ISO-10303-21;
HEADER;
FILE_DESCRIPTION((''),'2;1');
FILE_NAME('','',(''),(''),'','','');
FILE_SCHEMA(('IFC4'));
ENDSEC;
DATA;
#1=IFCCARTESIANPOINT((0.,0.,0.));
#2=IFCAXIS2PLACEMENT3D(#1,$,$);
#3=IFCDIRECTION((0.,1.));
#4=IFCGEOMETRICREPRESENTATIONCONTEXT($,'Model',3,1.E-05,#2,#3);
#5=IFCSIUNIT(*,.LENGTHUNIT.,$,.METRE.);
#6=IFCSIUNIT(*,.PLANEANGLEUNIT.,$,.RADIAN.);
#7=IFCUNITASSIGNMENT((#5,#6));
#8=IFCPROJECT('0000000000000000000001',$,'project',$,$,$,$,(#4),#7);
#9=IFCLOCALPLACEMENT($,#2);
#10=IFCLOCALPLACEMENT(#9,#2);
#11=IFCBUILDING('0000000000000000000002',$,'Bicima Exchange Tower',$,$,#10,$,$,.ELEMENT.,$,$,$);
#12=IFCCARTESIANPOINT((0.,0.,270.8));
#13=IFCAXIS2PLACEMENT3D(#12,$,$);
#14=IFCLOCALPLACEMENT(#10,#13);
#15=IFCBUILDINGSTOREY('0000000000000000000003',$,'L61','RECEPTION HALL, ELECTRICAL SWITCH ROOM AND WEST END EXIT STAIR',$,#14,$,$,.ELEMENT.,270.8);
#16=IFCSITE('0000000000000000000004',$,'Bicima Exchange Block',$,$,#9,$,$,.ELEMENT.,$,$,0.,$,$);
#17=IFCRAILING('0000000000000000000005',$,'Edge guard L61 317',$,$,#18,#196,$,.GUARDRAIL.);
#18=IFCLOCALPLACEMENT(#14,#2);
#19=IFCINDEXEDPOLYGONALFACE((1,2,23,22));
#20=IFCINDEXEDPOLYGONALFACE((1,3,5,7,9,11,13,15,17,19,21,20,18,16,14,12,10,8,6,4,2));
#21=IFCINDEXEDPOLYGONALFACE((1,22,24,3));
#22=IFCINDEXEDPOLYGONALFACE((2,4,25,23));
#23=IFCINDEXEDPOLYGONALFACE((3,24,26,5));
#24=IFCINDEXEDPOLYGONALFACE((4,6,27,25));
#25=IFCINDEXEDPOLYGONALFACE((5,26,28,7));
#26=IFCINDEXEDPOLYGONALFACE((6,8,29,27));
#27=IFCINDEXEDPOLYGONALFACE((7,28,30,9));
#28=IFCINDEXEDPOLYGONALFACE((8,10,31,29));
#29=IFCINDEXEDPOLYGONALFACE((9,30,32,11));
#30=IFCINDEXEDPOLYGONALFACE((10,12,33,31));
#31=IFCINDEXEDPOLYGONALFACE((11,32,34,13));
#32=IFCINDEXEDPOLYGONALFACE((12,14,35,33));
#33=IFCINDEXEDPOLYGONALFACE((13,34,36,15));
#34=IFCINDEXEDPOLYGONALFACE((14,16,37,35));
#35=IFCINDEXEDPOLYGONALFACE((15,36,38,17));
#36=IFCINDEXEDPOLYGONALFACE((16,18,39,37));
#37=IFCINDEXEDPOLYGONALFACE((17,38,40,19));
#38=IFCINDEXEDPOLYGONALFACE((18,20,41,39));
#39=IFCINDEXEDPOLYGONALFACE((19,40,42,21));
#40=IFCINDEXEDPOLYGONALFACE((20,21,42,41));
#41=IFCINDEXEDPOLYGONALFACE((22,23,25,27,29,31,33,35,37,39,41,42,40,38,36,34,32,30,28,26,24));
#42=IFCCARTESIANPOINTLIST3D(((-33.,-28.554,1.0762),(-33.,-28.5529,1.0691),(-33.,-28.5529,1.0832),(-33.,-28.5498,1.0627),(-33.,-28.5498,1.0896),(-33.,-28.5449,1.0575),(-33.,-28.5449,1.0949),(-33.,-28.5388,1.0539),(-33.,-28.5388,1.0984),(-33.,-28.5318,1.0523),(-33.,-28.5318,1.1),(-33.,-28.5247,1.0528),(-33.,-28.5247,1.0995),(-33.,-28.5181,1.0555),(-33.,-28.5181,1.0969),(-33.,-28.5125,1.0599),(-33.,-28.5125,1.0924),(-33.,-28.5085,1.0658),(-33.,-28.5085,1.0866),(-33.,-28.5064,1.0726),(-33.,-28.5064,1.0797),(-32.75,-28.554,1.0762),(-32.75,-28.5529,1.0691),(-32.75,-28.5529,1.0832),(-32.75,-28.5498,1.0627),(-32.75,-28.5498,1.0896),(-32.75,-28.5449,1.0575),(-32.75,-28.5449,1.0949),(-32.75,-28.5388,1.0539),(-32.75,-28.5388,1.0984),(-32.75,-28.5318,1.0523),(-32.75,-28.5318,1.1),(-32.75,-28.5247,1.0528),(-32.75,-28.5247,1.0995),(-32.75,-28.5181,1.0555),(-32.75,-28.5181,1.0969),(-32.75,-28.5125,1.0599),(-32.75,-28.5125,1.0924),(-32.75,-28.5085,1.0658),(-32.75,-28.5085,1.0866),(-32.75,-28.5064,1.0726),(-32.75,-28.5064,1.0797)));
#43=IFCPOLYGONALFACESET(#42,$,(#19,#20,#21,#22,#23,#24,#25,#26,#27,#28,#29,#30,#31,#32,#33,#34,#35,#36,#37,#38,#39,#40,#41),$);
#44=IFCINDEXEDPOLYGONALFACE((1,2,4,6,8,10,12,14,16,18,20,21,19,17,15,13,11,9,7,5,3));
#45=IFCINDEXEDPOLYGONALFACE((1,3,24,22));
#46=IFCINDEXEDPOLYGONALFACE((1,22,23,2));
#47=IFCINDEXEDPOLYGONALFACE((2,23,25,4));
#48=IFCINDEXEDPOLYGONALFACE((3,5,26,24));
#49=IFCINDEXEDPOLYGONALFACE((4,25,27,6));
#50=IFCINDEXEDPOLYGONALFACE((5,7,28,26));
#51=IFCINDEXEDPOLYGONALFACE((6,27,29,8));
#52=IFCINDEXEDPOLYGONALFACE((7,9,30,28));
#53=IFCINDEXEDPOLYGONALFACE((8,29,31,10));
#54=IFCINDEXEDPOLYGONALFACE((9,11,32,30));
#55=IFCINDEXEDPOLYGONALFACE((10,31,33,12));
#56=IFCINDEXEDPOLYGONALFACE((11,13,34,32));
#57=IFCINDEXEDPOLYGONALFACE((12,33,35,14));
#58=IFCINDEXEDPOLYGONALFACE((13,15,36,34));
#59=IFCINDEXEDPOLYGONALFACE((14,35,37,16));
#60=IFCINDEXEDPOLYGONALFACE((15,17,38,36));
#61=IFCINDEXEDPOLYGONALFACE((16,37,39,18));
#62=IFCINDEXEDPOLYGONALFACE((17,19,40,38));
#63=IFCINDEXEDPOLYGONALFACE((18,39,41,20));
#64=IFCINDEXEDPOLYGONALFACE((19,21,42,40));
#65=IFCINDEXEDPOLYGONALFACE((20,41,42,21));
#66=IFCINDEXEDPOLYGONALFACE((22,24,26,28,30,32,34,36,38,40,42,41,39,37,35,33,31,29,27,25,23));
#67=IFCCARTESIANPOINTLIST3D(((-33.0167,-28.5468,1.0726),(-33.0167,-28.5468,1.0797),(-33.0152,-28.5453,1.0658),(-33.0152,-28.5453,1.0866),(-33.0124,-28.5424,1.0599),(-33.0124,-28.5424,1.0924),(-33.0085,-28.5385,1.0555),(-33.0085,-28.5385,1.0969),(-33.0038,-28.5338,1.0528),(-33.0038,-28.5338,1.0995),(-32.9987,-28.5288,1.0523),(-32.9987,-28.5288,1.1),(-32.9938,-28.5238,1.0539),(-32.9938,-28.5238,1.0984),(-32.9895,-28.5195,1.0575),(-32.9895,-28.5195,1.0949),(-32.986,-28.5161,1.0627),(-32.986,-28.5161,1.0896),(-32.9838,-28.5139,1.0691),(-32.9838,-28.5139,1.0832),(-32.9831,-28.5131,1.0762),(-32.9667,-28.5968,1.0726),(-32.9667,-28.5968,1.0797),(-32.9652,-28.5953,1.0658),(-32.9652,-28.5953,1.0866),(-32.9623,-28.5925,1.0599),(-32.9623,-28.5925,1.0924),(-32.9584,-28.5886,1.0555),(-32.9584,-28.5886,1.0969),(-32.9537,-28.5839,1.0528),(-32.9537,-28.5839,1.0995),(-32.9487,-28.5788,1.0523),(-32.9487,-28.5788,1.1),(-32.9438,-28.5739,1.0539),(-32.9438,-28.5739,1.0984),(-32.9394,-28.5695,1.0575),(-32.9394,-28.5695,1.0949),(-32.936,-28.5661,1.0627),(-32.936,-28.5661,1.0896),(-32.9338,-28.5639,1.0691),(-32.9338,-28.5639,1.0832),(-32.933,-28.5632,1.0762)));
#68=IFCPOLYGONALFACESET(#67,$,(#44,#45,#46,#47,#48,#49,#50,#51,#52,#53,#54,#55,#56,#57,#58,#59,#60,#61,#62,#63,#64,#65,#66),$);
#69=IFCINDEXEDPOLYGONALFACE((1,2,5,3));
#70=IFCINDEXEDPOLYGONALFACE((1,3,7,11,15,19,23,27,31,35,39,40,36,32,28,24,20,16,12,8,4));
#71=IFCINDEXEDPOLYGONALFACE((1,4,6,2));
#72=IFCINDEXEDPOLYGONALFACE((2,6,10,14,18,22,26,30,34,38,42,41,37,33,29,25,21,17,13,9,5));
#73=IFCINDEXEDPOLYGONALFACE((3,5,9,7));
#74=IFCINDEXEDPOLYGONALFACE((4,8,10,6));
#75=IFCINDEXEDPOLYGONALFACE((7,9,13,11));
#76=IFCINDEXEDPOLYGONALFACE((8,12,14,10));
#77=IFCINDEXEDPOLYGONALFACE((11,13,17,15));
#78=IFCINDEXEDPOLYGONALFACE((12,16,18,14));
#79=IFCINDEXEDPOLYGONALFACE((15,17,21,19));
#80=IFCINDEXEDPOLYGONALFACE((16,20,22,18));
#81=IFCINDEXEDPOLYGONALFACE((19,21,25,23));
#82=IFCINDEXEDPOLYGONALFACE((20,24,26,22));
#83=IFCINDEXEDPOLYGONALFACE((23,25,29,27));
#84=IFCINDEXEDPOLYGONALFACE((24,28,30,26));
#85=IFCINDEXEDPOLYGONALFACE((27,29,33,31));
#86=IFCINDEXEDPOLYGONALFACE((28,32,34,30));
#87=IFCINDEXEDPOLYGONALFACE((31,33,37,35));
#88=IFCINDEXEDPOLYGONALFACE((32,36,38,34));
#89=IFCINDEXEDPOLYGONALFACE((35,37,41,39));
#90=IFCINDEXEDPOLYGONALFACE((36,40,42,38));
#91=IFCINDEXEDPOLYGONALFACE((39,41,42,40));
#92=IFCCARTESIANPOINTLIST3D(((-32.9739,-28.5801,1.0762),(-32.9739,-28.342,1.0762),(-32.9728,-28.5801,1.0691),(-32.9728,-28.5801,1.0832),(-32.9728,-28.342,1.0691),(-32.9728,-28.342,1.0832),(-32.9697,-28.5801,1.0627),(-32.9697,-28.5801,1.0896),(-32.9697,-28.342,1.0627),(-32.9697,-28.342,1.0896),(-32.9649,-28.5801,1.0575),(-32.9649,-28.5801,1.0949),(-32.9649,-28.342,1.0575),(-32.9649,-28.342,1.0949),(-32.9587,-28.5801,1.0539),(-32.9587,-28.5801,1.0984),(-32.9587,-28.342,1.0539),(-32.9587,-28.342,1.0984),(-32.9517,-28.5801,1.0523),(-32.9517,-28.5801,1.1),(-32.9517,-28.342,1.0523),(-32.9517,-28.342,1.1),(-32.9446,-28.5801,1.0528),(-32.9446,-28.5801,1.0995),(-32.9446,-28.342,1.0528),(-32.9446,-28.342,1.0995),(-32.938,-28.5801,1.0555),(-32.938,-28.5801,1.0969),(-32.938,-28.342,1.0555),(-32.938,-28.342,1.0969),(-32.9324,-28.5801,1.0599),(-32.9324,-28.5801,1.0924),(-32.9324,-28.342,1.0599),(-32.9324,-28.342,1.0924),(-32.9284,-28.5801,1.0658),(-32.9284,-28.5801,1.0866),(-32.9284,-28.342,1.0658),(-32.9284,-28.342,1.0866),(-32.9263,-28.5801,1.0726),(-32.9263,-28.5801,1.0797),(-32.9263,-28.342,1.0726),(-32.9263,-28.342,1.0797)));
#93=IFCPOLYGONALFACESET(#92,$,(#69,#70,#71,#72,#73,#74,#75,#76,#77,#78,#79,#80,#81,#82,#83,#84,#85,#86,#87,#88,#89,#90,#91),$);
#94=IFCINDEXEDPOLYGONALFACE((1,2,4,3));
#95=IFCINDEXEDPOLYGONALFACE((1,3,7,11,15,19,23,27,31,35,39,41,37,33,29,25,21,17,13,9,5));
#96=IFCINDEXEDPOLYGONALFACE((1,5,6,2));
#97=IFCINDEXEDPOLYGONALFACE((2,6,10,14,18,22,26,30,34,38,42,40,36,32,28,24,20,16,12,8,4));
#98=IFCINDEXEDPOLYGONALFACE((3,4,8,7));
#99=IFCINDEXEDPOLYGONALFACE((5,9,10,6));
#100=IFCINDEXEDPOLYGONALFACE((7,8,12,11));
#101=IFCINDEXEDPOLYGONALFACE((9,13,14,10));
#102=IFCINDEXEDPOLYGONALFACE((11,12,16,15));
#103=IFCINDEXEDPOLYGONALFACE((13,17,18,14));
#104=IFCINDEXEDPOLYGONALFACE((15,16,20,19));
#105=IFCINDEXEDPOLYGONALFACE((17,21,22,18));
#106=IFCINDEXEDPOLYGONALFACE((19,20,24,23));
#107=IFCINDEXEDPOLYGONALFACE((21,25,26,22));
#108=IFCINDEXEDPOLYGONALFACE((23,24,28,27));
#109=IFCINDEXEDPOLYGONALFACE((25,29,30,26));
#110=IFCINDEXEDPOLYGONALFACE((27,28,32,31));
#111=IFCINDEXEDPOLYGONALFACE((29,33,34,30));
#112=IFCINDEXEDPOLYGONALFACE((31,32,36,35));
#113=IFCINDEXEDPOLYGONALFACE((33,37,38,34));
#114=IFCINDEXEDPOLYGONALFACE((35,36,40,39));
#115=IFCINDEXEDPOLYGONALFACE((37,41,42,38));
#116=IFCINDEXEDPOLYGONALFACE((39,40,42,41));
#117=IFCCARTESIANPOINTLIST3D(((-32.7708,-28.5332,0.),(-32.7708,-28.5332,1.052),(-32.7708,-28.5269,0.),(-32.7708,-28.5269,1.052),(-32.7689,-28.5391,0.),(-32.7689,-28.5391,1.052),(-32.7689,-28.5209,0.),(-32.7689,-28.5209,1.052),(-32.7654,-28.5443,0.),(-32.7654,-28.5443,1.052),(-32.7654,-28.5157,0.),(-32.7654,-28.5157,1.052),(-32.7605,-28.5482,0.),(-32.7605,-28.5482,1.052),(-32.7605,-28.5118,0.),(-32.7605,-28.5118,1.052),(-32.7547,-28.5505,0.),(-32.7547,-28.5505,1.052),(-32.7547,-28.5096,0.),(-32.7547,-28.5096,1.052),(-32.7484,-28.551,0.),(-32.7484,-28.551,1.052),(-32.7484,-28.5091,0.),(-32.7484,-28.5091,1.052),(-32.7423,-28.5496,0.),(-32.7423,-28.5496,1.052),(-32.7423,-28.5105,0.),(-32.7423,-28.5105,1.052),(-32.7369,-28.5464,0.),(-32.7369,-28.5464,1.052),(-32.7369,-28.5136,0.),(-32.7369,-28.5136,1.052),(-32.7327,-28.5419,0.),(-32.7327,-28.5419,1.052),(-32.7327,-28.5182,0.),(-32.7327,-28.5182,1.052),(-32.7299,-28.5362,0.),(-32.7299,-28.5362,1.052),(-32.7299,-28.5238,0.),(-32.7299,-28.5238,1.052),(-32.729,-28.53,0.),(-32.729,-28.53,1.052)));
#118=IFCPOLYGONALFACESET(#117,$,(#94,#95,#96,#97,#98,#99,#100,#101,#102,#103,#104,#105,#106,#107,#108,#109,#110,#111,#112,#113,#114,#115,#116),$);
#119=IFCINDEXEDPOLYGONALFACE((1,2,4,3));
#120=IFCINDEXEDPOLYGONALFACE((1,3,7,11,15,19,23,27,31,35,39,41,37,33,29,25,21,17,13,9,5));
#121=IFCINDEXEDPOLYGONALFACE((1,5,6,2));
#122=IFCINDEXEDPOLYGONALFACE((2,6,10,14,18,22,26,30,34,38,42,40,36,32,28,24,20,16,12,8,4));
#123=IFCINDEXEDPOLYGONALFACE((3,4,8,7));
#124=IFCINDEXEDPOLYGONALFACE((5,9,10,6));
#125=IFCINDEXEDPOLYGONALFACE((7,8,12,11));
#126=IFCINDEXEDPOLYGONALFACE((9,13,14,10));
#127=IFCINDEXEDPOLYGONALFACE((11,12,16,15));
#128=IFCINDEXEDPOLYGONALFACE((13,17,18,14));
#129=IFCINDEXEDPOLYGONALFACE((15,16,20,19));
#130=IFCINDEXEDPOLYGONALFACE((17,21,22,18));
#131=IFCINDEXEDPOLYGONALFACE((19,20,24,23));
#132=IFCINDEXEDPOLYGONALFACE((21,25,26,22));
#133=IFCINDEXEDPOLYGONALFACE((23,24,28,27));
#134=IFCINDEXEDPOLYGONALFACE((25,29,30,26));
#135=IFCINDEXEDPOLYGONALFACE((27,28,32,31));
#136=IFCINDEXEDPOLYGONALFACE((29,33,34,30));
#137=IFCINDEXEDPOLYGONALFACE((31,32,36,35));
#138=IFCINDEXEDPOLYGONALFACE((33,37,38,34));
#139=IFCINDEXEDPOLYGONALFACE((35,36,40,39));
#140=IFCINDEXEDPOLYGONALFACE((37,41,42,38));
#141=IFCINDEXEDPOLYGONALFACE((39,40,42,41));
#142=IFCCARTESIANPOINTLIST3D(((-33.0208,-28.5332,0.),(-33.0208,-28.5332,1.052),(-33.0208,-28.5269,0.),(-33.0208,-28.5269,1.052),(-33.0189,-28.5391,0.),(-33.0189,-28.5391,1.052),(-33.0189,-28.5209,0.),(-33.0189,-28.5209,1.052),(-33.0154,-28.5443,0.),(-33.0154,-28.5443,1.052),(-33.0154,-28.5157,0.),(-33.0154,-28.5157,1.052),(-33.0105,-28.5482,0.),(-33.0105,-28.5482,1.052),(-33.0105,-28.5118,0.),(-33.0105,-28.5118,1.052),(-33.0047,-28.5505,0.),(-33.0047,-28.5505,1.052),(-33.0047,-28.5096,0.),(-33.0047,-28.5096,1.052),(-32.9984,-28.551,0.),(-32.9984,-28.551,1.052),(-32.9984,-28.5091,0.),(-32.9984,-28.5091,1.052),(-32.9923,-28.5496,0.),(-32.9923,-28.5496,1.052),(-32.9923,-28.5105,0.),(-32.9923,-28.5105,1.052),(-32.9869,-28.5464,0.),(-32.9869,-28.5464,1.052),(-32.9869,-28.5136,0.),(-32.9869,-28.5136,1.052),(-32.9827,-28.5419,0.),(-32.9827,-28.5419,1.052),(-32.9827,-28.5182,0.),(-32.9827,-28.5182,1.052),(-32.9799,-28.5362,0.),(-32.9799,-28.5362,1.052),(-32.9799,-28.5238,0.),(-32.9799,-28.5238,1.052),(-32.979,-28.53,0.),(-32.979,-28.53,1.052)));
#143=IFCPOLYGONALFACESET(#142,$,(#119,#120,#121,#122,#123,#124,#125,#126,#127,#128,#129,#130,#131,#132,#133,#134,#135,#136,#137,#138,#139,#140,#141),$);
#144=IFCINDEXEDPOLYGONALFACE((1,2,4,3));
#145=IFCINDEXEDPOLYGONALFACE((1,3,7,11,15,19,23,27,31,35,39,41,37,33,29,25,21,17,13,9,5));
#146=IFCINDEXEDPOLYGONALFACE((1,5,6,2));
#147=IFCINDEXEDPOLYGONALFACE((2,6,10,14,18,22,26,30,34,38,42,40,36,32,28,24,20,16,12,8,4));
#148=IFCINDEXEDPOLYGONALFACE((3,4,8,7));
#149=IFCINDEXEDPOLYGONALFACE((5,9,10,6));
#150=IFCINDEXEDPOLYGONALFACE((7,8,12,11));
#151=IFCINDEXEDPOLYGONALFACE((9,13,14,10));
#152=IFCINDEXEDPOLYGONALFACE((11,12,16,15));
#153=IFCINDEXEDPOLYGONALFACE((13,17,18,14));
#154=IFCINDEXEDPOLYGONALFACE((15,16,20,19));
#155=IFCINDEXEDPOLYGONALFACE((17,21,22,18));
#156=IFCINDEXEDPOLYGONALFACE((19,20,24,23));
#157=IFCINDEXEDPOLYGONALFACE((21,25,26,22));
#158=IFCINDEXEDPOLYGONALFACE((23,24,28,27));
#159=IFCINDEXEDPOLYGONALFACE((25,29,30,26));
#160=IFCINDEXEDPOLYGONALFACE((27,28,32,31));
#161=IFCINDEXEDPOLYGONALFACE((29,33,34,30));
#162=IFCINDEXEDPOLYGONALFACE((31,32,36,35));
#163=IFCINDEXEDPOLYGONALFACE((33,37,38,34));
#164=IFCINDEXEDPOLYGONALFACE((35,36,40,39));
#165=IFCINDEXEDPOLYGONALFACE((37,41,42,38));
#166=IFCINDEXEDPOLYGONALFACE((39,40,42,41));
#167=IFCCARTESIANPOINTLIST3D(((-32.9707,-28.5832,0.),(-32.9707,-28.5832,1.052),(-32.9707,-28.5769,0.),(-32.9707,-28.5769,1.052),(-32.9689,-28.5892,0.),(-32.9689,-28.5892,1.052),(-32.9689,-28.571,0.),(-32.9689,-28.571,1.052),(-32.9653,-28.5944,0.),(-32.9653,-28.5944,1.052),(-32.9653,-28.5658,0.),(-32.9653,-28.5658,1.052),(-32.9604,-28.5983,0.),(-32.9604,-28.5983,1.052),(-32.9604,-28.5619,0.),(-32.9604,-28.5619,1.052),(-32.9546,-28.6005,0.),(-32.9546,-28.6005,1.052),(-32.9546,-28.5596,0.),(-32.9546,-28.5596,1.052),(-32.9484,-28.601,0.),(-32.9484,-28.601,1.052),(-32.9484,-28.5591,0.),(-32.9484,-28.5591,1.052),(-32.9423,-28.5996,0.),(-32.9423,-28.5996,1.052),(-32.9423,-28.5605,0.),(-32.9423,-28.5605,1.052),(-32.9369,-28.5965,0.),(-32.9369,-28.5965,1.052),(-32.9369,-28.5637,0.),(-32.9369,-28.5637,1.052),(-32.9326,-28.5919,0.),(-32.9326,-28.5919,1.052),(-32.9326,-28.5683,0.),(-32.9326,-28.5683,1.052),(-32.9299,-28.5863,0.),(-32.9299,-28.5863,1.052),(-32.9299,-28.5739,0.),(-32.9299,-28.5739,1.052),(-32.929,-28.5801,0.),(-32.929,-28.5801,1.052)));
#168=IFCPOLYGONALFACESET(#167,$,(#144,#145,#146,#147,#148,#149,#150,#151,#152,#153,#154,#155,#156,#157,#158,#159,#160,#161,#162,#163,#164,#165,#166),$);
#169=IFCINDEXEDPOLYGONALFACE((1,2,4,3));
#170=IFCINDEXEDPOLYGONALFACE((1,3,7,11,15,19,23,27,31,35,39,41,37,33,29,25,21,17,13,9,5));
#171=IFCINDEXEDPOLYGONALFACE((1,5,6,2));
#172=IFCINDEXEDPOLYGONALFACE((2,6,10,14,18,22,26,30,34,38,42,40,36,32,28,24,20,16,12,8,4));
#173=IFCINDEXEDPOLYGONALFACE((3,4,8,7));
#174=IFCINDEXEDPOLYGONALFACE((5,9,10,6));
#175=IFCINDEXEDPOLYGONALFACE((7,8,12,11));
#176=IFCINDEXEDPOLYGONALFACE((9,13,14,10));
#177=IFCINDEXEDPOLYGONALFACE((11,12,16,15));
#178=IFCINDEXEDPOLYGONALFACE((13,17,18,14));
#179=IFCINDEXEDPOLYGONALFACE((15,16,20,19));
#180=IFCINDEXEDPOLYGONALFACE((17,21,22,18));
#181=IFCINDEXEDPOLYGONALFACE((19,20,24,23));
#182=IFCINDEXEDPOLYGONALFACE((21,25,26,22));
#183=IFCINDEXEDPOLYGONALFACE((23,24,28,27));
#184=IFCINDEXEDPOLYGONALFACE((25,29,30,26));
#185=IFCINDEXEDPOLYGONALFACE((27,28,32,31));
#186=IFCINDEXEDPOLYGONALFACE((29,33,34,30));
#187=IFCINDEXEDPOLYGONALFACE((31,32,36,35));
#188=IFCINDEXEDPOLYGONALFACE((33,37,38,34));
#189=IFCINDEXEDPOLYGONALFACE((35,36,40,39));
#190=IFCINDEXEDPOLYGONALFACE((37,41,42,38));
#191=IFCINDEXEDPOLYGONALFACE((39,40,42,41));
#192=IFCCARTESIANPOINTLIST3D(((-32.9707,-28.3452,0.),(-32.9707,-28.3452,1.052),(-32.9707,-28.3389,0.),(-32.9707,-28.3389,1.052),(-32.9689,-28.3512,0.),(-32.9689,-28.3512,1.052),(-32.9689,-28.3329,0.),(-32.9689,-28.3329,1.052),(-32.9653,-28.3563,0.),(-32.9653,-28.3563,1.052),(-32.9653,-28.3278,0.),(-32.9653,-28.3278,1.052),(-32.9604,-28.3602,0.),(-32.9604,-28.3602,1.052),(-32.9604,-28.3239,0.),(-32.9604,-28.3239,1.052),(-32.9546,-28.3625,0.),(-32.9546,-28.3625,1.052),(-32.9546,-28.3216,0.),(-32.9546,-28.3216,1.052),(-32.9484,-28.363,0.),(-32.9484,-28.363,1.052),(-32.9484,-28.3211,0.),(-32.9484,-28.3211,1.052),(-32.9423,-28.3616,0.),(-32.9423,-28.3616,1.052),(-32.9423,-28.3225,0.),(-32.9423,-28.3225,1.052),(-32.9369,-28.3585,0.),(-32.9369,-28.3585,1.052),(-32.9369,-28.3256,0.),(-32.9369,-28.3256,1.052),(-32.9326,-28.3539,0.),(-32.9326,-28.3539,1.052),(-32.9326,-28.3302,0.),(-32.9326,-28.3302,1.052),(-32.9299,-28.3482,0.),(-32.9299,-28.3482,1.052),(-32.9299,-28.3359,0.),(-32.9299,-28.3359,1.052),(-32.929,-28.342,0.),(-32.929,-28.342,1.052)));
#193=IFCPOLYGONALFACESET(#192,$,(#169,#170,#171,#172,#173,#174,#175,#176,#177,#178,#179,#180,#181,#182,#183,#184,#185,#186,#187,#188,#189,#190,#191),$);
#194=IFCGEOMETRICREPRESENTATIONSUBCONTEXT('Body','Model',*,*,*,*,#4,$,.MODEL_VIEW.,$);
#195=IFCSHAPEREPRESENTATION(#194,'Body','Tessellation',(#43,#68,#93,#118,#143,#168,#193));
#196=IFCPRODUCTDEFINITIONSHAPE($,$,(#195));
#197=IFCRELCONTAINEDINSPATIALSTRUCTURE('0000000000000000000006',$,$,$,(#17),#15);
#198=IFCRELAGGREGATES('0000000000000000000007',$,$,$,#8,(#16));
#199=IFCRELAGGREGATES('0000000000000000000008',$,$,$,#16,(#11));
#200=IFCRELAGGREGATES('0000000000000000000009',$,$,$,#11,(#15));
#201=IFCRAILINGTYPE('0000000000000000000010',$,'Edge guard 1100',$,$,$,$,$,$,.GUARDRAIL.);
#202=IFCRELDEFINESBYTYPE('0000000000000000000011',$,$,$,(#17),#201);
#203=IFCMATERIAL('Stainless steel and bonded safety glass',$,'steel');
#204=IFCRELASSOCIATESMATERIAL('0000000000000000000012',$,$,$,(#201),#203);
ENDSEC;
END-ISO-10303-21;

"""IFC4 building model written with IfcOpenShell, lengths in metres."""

from ifc_helpers import new_model, si_unit, direction, frame, origin, origin_2d, place, context, subcontext, project, spatial, circle, extrude, material, type_object, element, save


model = new_model("IFC4")

# Units and contexts
model_context = context("Model", 3, precision=1e-05, world=origin(), true_north=direction((0.0, 1.0)))
body_context = subcontext(model_context, "Body", "Model", "MODEL_VIEW")
ifc_project = project(units=[si_unit("LENGTHUNIT", "METRE"), si_unit("PLANEANGLEUNIT", "RADIAN")], contexts=[model_context])

# Site, building, storey
site_placement = place(None, origin())
site = spatial("IfcSite", under=ifc_project, at=site_placement, Name="Bicima Exchange Block", CompositionType="ELEMENT", RefElevation=0.0)
building_placement = place(site_placement, origin())
building = spatial("IfcBuilding", under=site, at=building_placement, Name="Bicima Exchange Tower", CompositionType="ELEMENT")
storey_placement = place(building_placement, frame((0.0, 0.0, 270.8)))
storey = spatial("IfcBuildingStorey", under=building, at=storey_placement, Name="L61", Description="RECEPTION HALL, ELECTRICAL SWITCH ROOM AND WEST END EXIT STAIR", CompositionType="ELEMENT", Elevation=270.8)

# Railing
ifc_material_1 = material(Name="Stainless steel and bonded safety glass", Category="steel")
railing_type = type_object("IfcRailingType", Name="Edge guard 1100", PredefinedType="GUARDRAIL", material=ifc_material_1)
railing_1_placement = place(storey_placement, frame((-32.75, -28.53, 0.0)))
element("IfcRailing", 1, at=railing_1_placement, inside=storey, type_object=railing_type, Name="Edge guard L61 317", PredefinedType="GUARDRAIL", context=body_context, shape_type="SweptSolid", body=[
    extrude(circle(Radius=0.0239, at=origin_2d()), frame((0.0, 0.0, 1.0762), z_axis=(-1.0, 0.0, 0.0), x_axis=(0.0, -1.0, 0.0)), (0.0, 0.0, 1.0), 0.25),
    extrude(circle(Radius=0.0239, at=origin_2d()), frame((-0.25, 0.0, 1.0762), z_axis=(0.707107, -0.707107, 0.0), x_axis=(0.707107, 0.707107, 0.0)), (0.0, 0.0, 1.0), 0.0708),
    extrude(circle(Radius=0.0239, at=origin_2d()), frame((-0.2, -0.05, 1.0762), z_axis=(0.0, 1.0, 0.0), x_axis=(-1.0, 0.0, 0.0)), (0.0, 0.0, 1.0), 0.238),
    extrude(circle(Radius=0.021, at=origin_2d()), origin(), (0.0, 0.0, 1.0), 1.052),
    extrude(circle(Radius=0.021, at=origin_2d()), frame((-0.25, 0.0, 0.0)), (0.0, 0.0, 1.0), 1.052),
    extrude(circle(Radius=0.021, at=origin_2d()), frame((-0.2, -0.05, 0.0)), (0.0, 0.0, 1.0), 1.052),
    extrude(circle(Radius=0.021, at=origin_2d()), frame((-0.2, 0.188, 0.0)), (0.0, 0.0, 1.0), 1.052),
])

save(model, "model.ifc")
